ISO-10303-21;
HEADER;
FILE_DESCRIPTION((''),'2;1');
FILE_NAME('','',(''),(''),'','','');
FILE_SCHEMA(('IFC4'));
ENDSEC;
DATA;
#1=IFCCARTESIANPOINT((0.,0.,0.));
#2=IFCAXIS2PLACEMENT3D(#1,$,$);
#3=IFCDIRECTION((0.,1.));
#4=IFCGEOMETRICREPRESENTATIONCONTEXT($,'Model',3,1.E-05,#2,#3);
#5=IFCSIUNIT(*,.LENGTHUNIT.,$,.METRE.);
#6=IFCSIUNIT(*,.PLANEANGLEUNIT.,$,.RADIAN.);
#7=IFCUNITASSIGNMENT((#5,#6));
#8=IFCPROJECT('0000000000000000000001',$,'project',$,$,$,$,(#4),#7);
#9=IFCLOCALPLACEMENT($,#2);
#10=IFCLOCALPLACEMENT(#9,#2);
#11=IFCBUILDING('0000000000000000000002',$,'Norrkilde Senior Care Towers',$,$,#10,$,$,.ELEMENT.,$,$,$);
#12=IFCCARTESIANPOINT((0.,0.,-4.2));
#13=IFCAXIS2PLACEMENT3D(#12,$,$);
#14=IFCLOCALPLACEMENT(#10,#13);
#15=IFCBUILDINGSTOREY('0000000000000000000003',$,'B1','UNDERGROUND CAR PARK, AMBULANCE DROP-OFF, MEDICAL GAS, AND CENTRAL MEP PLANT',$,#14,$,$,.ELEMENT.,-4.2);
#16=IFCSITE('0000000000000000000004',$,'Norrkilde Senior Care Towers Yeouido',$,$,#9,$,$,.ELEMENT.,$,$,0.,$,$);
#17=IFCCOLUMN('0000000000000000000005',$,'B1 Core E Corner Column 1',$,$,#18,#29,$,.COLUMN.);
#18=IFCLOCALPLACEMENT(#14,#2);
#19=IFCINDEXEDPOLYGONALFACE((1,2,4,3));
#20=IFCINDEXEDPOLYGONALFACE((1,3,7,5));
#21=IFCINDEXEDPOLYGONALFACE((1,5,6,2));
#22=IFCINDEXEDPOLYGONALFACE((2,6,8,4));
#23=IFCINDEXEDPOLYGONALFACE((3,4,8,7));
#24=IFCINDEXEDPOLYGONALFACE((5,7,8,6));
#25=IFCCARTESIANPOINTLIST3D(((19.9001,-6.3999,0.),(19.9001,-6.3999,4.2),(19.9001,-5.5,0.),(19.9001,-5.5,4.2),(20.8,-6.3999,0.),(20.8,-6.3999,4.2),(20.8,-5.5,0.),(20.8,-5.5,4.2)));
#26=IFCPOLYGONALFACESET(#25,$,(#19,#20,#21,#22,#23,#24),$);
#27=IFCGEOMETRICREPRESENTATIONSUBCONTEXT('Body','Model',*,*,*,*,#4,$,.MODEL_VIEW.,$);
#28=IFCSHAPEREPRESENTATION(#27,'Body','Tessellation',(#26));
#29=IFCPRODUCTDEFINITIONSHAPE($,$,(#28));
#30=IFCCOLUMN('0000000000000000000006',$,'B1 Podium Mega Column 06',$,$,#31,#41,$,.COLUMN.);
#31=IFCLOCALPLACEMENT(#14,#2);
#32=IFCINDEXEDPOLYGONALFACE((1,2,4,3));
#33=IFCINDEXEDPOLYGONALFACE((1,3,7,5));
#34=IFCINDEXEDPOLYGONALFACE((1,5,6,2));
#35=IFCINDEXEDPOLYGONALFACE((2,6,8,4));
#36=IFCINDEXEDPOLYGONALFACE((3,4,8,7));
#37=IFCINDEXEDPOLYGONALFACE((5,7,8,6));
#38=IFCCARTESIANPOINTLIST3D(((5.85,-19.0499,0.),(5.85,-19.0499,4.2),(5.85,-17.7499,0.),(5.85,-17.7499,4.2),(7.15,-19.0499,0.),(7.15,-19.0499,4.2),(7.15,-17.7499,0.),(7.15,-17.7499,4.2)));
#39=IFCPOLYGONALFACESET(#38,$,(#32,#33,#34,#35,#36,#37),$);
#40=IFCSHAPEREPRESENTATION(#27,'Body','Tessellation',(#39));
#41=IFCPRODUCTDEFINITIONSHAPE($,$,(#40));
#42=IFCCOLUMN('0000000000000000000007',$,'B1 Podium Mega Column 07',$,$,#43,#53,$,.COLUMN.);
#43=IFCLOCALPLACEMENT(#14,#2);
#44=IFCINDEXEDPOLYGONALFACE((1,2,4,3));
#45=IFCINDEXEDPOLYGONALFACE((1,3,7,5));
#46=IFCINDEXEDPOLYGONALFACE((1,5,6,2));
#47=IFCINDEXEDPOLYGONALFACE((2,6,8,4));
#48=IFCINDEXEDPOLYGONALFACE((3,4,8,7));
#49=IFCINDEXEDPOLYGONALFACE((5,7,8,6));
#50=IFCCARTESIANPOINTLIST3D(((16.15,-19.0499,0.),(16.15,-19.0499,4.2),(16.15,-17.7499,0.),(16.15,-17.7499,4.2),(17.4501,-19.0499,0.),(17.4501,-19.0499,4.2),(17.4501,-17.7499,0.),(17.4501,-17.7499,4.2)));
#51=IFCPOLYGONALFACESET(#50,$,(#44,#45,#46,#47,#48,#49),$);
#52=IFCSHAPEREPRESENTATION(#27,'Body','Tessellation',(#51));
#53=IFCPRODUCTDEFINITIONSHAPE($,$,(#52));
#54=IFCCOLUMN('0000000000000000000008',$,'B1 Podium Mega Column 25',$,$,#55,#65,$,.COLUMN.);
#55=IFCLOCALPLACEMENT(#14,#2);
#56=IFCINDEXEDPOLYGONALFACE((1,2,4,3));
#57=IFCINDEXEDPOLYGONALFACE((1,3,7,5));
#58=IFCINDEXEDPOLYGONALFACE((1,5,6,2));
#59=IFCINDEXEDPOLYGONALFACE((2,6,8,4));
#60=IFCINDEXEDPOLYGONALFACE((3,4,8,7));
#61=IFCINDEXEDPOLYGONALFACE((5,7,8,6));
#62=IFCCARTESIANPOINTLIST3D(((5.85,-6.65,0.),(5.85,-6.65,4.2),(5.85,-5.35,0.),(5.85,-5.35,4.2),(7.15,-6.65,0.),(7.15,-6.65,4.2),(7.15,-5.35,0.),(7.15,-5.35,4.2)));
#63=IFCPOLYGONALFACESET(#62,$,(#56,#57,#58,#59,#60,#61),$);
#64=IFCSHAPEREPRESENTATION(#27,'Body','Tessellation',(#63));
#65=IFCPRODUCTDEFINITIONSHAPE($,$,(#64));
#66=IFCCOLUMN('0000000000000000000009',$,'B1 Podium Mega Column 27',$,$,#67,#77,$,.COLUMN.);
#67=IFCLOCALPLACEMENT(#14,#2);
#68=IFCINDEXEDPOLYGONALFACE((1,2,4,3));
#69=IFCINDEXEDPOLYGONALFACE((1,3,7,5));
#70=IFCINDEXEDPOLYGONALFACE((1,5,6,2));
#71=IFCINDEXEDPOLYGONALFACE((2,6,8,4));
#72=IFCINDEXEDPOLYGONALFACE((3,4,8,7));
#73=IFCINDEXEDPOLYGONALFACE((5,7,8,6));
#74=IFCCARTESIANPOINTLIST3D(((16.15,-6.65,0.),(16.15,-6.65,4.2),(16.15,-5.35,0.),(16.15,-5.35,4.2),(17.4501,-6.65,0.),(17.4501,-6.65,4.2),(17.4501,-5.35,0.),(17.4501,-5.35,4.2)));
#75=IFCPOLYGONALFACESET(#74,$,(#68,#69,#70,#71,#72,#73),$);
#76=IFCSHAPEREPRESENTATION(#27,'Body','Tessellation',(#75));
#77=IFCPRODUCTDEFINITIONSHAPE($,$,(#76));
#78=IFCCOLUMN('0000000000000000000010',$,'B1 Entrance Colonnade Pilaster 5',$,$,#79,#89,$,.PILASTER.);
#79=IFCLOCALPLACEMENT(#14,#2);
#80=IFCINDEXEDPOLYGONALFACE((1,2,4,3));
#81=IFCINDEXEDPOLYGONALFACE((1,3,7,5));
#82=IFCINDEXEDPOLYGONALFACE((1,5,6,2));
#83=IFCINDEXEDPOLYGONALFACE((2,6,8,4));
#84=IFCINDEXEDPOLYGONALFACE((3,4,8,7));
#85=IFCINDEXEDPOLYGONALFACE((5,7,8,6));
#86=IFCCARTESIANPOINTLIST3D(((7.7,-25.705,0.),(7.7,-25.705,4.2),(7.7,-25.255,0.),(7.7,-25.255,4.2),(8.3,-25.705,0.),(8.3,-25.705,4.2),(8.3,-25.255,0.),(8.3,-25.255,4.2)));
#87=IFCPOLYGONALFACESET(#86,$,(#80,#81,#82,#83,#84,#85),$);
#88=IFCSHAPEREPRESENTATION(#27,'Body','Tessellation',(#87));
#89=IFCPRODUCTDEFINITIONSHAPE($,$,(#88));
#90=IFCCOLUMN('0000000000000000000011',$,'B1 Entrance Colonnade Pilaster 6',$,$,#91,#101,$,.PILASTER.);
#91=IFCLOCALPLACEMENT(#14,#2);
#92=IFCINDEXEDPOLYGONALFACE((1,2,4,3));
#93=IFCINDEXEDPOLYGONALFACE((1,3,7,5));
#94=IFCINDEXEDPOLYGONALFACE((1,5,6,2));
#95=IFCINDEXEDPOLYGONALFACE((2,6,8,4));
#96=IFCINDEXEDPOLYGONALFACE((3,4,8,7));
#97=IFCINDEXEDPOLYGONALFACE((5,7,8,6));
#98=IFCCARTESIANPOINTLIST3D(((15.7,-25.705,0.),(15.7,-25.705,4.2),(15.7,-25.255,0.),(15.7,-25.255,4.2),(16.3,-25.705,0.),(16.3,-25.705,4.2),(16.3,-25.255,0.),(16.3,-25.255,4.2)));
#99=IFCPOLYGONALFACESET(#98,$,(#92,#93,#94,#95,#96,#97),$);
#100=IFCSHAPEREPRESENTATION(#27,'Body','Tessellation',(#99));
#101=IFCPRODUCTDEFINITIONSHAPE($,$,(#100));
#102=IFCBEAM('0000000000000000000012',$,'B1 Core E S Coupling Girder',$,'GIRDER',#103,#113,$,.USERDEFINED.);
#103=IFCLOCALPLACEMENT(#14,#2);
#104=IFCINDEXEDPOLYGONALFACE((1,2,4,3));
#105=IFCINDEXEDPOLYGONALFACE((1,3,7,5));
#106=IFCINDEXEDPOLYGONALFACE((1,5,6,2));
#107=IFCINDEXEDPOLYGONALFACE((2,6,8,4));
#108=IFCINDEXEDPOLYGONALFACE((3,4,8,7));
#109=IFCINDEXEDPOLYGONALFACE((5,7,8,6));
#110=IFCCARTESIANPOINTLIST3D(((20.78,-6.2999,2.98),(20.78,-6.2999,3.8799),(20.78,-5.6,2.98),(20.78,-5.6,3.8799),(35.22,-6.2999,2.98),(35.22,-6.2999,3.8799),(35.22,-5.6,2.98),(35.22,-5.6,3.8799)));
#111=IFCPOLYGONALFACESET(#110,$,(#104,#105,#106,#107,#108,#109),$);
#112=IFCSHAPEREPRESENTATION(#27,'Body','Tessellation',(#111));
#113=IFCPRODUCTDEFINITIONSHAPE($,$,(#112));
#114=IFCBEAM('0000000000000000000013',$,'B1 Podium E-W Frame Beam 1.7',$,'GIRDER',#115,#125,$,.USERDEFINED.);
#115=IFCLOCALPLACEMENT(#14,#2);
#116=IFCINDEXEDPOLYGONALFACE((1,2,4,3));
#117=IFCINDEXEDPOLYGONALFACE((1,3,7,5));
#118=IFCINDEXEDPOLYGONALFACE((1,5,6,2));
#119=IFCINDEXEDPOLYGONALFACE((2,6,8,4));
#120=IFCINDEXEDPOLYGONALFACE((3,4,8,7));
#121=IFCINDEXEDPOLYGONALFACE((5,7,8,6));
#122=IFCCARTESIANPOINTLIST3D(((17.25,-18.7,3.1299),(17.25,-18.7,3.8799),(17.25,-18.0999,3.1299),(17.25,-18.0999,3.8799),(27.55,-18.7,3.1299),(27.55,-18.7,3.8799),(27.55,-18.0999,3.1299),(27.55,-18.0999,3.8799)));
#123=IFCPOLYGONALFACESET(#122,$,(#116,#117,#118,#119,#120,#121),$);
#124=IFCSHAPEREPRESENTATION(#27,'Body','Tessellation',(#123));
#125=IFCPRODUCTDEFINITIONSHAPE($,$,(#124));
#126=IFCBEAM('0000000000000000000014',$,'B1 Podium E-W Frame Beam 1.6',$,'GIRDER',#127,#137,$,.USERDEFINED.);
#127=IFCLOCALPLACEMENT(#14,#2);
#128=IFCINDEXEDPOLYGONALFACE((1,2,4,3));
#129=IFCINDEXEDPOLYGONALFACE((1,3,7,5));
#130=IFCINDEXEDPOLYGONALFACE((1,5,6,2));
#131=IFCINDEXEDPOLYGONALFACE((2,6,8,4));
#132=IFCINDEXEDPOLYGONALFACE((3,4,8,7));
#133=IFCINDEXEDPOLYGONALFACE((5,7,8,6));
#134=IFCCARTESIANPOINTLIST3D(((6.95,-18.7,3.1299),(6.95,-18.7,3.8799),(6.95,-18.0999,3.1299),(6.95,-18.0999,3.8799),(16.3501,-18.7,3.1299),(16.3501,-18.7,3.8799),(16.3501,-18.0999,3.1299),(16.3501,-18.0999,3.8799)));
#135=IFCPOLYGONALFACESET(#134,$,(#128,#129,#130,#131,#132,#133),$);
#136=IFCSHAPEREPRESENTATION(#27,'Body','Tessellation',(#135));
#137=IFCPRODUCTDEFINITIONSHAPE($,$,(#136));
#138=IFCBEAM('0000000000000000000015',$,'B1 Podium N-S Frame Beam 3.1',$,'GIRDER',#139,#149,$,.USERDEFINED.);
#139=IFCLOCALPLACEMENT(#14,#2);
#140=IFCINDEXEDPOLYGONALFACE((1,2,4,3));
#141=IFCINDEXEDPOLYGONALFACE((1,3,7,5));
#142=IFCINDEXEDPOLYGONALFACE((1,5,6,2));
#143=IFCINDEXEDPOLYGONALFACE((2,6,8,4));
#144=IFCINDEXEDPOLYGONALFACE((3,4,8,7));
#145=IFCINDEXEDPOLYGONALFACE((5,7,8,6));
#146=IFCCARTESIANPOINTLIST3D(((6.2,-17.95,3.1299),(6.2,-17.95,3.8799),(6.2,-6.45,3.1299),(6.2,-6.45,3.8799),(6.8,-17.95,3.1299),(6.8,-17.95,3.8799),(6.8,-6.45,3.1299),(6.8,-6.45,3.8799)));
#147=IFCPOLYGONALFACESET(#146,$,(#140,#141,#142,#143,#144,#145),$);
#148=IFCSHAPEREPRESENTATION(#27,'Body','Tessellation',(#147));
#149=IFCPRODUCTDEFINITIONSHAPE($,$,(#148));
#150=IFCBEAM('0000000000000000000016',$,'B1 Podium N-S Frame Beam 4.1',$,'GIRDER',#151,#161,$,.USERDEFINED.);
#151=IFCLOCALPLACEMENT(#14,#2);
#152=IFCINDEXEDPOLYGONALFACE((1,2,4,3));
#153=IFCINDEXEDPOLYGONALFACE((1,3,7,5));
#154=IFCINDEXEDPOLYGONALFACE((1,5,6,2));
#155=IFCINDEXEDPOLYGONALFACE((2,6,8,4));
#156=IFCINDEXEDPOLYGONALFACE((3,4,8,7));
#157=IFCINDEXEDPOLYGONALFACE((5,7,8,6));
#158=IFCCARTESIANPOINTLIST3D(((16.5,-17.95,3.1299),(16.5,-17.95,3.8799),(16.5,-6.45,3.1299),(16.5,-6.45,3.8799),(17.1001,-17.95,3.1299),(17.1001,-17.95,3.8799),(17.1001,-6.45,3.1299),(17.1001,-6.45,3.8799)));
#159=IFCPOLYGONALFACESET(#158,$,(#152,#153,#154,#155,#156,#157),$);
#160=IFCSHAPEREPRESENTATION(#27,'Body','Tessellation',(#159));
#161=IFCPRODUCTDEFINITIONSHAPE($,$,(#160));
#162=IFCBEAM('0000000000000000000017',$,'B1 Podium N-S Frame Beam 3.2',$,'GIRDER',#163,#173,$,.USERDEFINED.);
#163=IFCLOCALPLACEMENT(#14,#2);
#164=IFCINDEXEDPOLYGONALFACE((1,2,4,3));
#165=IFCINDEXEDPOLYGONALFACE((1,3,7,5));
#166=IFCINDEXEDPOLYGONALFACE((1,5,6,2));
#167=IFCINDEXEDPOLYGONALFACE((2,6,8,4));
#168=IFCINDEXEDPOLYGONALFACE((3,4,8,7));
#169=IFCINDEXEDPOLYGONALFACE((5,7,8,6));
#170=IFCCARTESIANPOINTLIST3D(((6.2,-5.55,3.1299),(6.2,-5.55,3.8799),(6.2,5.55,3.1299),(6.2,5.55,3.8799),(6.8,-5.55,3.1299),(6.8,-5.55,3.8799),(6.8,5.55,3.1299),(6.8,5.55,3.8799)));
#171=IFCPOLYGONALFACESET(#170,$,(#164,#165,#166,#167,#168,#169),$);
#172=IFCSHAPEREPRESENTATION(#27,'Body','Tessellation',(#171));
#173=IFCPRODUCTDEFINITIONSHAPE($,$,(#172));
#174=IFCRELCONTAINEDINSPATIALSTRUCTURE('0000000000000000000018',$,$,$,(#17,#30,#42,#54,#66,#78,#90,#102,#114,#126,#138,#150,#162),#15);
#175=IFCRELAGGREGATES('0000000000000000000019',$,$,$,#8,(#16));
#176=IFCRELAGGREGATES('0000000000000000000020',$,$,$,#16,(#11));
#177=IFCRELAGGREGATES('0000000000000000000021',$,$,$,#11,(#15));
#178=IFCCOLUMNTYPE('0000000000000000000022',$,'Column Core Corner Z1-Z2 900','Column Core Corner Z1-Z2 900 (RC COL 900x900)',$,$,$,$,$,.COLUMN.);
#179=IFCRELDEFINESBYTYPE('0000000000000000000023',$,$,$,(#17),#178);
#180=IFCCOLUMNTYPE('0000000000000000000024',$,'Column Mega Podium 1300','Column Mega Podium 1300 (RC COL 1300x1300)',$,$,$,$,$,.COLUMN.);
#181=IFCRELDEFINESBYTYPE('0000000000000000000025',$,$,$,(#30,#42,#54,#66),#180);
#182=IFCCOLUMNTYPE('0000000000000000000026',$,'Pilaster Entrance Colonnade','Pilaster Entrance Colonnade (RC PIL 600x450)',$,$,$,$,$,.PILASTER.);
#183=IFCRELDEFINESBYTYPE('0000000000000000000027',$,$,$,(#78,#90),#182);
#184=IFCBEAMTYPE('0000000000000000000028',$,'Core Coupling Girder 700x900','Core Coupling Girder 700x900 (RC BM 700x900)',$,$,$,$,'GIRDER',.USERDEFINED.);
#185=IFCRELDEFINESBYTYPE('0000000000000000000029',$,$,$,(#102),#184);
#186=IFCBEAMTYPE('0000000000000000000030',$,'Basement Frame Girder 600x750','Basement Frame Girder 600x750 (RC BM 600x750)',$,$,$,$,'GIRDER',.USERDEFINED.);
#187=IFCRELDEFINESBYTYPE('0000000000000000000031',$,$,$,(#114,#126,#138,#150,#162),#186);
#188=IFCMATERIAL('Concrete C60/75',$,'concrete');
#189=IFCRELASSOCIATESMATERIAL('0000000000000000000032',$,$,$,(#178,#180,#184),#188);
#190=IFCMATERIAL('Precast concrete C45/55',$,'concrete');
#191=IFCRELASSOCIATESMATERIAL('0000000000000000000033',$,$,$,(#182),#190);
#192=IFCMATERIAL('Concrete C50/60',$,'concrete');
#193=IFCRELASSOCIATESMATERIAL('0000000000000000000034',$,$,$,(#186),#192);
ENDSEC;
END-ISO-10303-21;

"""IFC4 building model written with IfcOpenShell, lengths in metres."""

from ifc_helpers import new_model, si_unit, direction, frame, origin, origin_2d, place, context, subcontext, project, spatial, rectangle, extrude, source, transform, mapped, material, material_profile, profile_set, type_object, type_shapes, element, save


model = new_model("IFC4")

# Units and contexts
model_context = context("Model", 3, precision=1e-05, world=origin(), true_north=direction((0.0, 1.0)))
body_context = subcontext(model_context, "Body", "Model", "MODEL_VIEW")
ifc_project = project(units=[si_unit("LENGTHUNIT", "METRE"), si_unit("PLANEANGLEUNIT", "RADIAN")], contexts=[model_context])

# Site, building, storey
site_placement = place(None, origin())
site = spatial("IfcSite", under=ifc_project, at=site_placement, Name="Norrkilde Senior Care Towers Yeouido", CompositionType="ELEMENT", RefElevation=0.0)
building_placement = place(site_placement, origin())
building = spatial("IfcBuilding", under=site, at=building_placement, Name="Norrkilde Senior Care Towers", CompositionType="ELEMENT")
storey_placement = place(building_placement, frame((0.0, 0.0, -4.2)))
storey = spatial("IfcBuildingStorey", under=building, at=storey_placement, Name="B1", Description="UNDERGROUND CAR PARK, AMBULANCE DROP-OFF, MEDICAL GAS, AND CENTRAL MEP PLANT", CompositionType="ELEMENT", Elevation=-4.2)

# Columns
ifc_material_1 = material(Name="Concrete C60/75", Category="concrete")
ifc_material_profile_1 = material_profile(ifc_material_1, rectangle(XDim=0.8999, YDim=0.8999, at=origin_2d()), Name="RC COL 900x900")
ifc_profile_set_1 = profile_set([ifc_material_profile_1], Name="Concrete C60/75")
column_type_1 = type_object("IfcColumnType", Name="Column Core Corner Z1-Z2 900", Description="Column Core Corner Z1-Z2 900 (RC COL 900x900)", PredefinedType="COLUMN", material=ifc_profile_set_1)
shared_shape_1 = source(origin(), body_context, "Body", "SweptSolid", [
    extrude(rectangle(XDim=0.8999, YDim=0.8999, at=origin_2d()), origin(), (0.0, 0.0, 1.0), 4.2),
])
type_shapes(column_type_1, [shared_shape_1])
column_placement = place(storey_placement, frame((20.3501, -5.95, 0.0), z_axis=(0.0, 0.0, 1.0), x_axis=(1.0, 0.0, 0.0)))
element("IfcColumn", 1, at=column_placement, inside=storey, type_object=column_type_1, Name="B1 Core E Corner Column 1", PredefinedType="COLUMN", context=body_context, shape_type="MappedRepresentation", body=[
    mapped(shared_shape_1, transform((0.0, 0.0, 0.0), x_axis=(1.0, 0.0, 0.0), y_axis=(0.0, 1.0, 0.0), z_axis=(0.0, 0.0, 1.0), scale=1.0)),
])
ifc_material_profile_2 = material_profile(ifc_material_1, rectangle(XDim=1.3, YDim=1.3, at=origin_2d()), Name="RC COL 1300x1300")
ifc_profile_set_2 = profile_set([ifc_material_profile_2], Name="Concrete C60/75")
column_type_2 = type_object("IfcColumnType", Name="Column Mega Podium 1300", Description="Column Mega Podium 1300 (RC COL 1300x1300)", PredefinedType="COLUMN", material=ifc_profile_set_2)
shared_shape_2 = source(origin(), body_context, "Body", "SweptSolid", [
    extrude(rectangle(XDim=1.3, YDim=1.3, at=origin_2d()), origin(), (0.0, 0.0, 1.0), 4.2),
])
type_shapes(column_type_2, [shared_shape_2])
for number, where, z_axis, x_axis, name in (
    (2, (6.5, -18.3999, 0.0), (0.0, 0.0, 1.0), (1.0, 0.0, 0.0), "B1 Podium Mega Column 06"),
    (3, (16.8, -18.3999, 0.0), (0.0, 0.0, 1.0), (1.0, 0.0, 0.0), "B1 Podium Mega Column 07"),
    (4, (6.5, -6.0, 0.0), (0.0, 0.0, 1.0), (1.0, 0.0, 0.0), "B1 Podium Mega Column 25"),
    (5, (16.8, -6.0, 0.0), (0.0, 0.0, 1.0), (1.0, 0.0, 0.0), "B1 Podium Mega Column 27"),
):
    element("IfcColumn", number, at=place(storey_placement, frame(where, z_axis=z_axis, x_axis=x_axis)), inside=storey, type_object=column_type_2, Name=name, PredefinedType="COLUMN", context=body_context, shape_type="MappedRepresentation", body=[
        mapped(shared_shape_2, transform((0.0, 0.0, 0.0), x_axis=(1.0, 0.0, 0.0), y_axis=(0.0, 1.0, 0.0), z_axis=(0.0, 0.0, 1.0), scale=1.0)),
    ])
ifc_material_2 = material(Name="Precast concrete C45/55", Category="concrete")
ifc_material_profile_3 = material_profile(ifc_material_2, rectangle(XDim=0.6001, YDim=0.45, at=origin_2d()), Name="RC PIL 600x450")
ifc_profile_set_3 = profile_set([ifc_material_profile_3], Name="Precast concrete C45/55")
column_type_3 = type_object("IfcColumnType", Name="Pilaster Entrance Colonnade", Description="Pilaster Entrance Colonnade (RC PIL 600x450)", PredefinedType="PILASTER", material=ifc_profile_set_3)
shared_shape_3 = source(origin(), body_context, "Body", "SweptSolid", [
    extrude(rectangle(XDim=0.6001, YDim=0.45, at=origin_2d()), origin(), (0.0, 0.0, 1.0), 4.2),
])
type_shapes(column_type_3, [shared_shape_3])
for number, where, z_axis, x_axis, name in (
    (6, (8.0, -25.48, 0.0), (0.0, 0.0, 1.0), (1.0, 0.0, 0.0), "B1 Entrance Colonnade Pilaster 5"),
    (7, (16.0, -25.48, 0.0), (0.0, 0.0, 1.0), (1.0, 0.0, 0.0), "B1 Entrance Colonnade Pilaster 6"),
):
    element("IfcColumn", number, at=place(storey_placement, frame(where, z_axis=z_axis, x_axis=x_axis)), inside=storey, type_object=column_type_3, Name=name, PredefinedType="PILASTER", context=body_context, shape_type="MappedRepresentation", body=[
        mapped(shared_shape_3, transform((0.0, 0.0, 0.0), x_axis=(1.0, 0.0, 0.0), y_axis=(0.0, 1.0, 0.0), z_axis=(0.0, 0.0, 1.0), scale=1.0)),
    ])

# Beams
ifc_material_profile_4 = material_profile(ifc_material_1, rectangle(XDim=0.7, YDim=0.8999, at=origin_2d()), Name="RC BM 700x900")
ifc_profile_set_4 = profile_set([ifc_material_profile_4], Name="Concrete C60/75")
beam_type_1 = type_object("IfcBeamType", Name="Core Coupling Girder 700x900", Description="Core Coupling Girder 700x900 (RC BM 700x900)", ElementType="GIRDER", PredefinedType="USERDEFINED", material=ifc_profile_set_4)
shared_shape_4 = source(origin(), body_context, "Body", "SweptSolid", [
    extrude(rectangle(XDim=0.7, YDim=0.8999, at=origin_2d()), origin(), (0.0, 0.0, 1.0), 14.4399),
])
type_shapes(beam_type_1, [shared_shape_4])
beam_1_placement = place(storey_placement, frame((20.78, -5.95, 3.4299), z_axis=(1.0, 0.0, 0.0), x_axis=(0.0, 1.0, 0.0)))
element("IfcBeam", 8, at=beam_1_placement, inside=storey, type_object=beam_type_1, Name="B1 Core E S Coupling Girder", ObjectType="GIRDER", PredefinedType="USERDEFINED", context=body_context, shape_type="MappedRepresentation", body=[
    mapped(shared_shape_4, transform((0.0, 0.0, 0.0), x_axis=(1.0, 0.0, 0.0), y_axis=(0.0, 1.0, 0.0), z_axis=(0.0, 0.0, 1.0), scale=1.0)),
])
ifc_material_3 = material(Name="Concrete C50/60", Category="concrete")
ifc_material_profile_5 = material_profile(ifc_material_3, rectangle(XDim=0.6001, YDim=0.75, at=origin_2d()), Name="RC BM 600x750")
ifc_profile_set_5 = profile_set([ifc_material_profile_5], Name="Concrete C50/60")
beam_type_2 = type_object("IfcBeamType", Name="Basement Frame Girder 600x750", Description="Basement Frame Girder 600x750 (RC BM 600x750)", ElementType="GIRDER", PredefinedType="USERDEFINED", material=ifc_profile_set_5)
shared_shape_5 = source(origin(), body_context, "Body", "SweptSolid", [
    extrude(rectangle(XDim=0.6001, YDim=0.75, at=origin_2d()), origin(), (0.0, 0.0, 1.0), 10.3),
])
beam_2_placement = place(storey_placement, frame((17.25, -18.3999, 3.5049), z_axis=(1.0, 0.0, 0.0), x_axis=(0.0, 1.0, 0.0)))
element("IfcBeam", 9, at=beam_2_placement, inside=storey, type_object=beam_type_2, Name="B1 Podium E-W Frame Beam 1.7", ObjectType="GIRDER", PredefinedType="USERDEFINED", context=body_context, shape_type="MappedRepresentation", body=[
    mapped(shared_shape_5, transform((0.0, 0.0, 0.0), x_axis=(1.0, 0.0, 0.0), y_axis=(0.0, 1.0, 0.0), z_axis=(0.0, 0.0, 1.0), scale=1.0)),
])
shared_shape_6 = source(origin(), body_context, "Body", "SweptSolid", [
    extrude(rectangle(XDim=0.6001, YDim=0.75, at=origin_2d()), origin(), (0.0, 0.0, 1.0), 9.4001),
])
beam_3_placement = place(storey_placement, frame((6.95, -18.3999, 3.5049), z_axis=(1.0, 0.0, 0.0), x_axis=(0.0, 1.0, 0.0)))
element("IfcBeam", 10, at=beam_3_placement, inside=storey, type_object=beam_type_2, Name="B1 Podium E-W Frame Beam 1.6", ObjectType="GIRDER", PredefinedType="USERDEFINED", context=body_context, shape_type="MappedRepresentation", body=[
    mapped(shared_shape_6, transform((0.0, 0.0, 0.0), x_axis=(1.0, 0.0, 0.0), y_axis=(0.0, 1.0, 0.0), z_axis=(0.0, 0.0, 1.0), scale=1.0)),
])
shared_shape_7 = source(origin(), body_context, "Body", "SweptSolid", [
    extrude(rectangle(XDim=0.6001, YDim=0.75, at=origin_2d()), origin(), (0.0, 0.0, 1.0), 11.5),
])
for number, where, z_axis, x_axis, name in (
    (11, (6.5, -17.95, 3.5049), (0.0, 1.0, 0.0), (-1.0, 0.0, 0.0), "B1 Podium N-S Frame Beam 3.1"),
    (12, (16.8, -17.95, 3.5049), (0.0, 1.0, 0.0), (-1.0, 0.0, 0.0), "B1 Podium N-S Frame Beam 4.1"),
):
    element("IfcBeam", number, at=place(storey_placement, frame(where, z_axis=z_axis, x_axis=x_axis)), inside=storey, type_object=beam_type_2, Name=name, ObjectType="GIRDER", PredefinedType="USERDEFINED", context=body_context, shape_type="MappedRepresentation", body=[
        mapped(shared_shape_7, transform((0.0, 0.0, 0.0), x_axis=(1.0, 0.0, 0.0), y_axis=(0.0, 1.0, 0.0), z_axis=(0.0, 0.0, 1.0), scale=1.0)),
    ])
shared_shape_8 = source(origin(), body_context, "Body", "SweptSolid", [
    extrude(rectangle(XDim=0.6001, YDim=0.75, at=origin_2d()), origin(), (0.0, 0.0, 1.0), 11.1001),
])
type_shapes(beam_type_2, [shared_shape_5, shared_shape_6, shared_shape_7, shared_shape_8])
beam_4_placement = place(storey_placement, frame((6.5, -5.55, 3.5049), z_axis=(0.0, 1.0, 0.0), x_axis=(-1.0, 0.0, 0.0)))
element("IfcBeam", 13, at=beam_4_placement, inside=storey, type_object=beam_type_2, Name="B1 Podium N-S Frame Beam 3.2", ObjectType="GIRDER", PredefinedType="USERDEFINED", context=body_context, shape_type="MappedRepresentation", body=[
    mapped(shared_shape_8, transform((0.0, 0.0, 0.0), x_axis=(1.0, 0.0, 0.0), y_axis=(0.0, 1.0, 0.0), z_axis=(0.0, 0.0, 1.0), scale=1.0)),
])

save(model, "model.ifc")
